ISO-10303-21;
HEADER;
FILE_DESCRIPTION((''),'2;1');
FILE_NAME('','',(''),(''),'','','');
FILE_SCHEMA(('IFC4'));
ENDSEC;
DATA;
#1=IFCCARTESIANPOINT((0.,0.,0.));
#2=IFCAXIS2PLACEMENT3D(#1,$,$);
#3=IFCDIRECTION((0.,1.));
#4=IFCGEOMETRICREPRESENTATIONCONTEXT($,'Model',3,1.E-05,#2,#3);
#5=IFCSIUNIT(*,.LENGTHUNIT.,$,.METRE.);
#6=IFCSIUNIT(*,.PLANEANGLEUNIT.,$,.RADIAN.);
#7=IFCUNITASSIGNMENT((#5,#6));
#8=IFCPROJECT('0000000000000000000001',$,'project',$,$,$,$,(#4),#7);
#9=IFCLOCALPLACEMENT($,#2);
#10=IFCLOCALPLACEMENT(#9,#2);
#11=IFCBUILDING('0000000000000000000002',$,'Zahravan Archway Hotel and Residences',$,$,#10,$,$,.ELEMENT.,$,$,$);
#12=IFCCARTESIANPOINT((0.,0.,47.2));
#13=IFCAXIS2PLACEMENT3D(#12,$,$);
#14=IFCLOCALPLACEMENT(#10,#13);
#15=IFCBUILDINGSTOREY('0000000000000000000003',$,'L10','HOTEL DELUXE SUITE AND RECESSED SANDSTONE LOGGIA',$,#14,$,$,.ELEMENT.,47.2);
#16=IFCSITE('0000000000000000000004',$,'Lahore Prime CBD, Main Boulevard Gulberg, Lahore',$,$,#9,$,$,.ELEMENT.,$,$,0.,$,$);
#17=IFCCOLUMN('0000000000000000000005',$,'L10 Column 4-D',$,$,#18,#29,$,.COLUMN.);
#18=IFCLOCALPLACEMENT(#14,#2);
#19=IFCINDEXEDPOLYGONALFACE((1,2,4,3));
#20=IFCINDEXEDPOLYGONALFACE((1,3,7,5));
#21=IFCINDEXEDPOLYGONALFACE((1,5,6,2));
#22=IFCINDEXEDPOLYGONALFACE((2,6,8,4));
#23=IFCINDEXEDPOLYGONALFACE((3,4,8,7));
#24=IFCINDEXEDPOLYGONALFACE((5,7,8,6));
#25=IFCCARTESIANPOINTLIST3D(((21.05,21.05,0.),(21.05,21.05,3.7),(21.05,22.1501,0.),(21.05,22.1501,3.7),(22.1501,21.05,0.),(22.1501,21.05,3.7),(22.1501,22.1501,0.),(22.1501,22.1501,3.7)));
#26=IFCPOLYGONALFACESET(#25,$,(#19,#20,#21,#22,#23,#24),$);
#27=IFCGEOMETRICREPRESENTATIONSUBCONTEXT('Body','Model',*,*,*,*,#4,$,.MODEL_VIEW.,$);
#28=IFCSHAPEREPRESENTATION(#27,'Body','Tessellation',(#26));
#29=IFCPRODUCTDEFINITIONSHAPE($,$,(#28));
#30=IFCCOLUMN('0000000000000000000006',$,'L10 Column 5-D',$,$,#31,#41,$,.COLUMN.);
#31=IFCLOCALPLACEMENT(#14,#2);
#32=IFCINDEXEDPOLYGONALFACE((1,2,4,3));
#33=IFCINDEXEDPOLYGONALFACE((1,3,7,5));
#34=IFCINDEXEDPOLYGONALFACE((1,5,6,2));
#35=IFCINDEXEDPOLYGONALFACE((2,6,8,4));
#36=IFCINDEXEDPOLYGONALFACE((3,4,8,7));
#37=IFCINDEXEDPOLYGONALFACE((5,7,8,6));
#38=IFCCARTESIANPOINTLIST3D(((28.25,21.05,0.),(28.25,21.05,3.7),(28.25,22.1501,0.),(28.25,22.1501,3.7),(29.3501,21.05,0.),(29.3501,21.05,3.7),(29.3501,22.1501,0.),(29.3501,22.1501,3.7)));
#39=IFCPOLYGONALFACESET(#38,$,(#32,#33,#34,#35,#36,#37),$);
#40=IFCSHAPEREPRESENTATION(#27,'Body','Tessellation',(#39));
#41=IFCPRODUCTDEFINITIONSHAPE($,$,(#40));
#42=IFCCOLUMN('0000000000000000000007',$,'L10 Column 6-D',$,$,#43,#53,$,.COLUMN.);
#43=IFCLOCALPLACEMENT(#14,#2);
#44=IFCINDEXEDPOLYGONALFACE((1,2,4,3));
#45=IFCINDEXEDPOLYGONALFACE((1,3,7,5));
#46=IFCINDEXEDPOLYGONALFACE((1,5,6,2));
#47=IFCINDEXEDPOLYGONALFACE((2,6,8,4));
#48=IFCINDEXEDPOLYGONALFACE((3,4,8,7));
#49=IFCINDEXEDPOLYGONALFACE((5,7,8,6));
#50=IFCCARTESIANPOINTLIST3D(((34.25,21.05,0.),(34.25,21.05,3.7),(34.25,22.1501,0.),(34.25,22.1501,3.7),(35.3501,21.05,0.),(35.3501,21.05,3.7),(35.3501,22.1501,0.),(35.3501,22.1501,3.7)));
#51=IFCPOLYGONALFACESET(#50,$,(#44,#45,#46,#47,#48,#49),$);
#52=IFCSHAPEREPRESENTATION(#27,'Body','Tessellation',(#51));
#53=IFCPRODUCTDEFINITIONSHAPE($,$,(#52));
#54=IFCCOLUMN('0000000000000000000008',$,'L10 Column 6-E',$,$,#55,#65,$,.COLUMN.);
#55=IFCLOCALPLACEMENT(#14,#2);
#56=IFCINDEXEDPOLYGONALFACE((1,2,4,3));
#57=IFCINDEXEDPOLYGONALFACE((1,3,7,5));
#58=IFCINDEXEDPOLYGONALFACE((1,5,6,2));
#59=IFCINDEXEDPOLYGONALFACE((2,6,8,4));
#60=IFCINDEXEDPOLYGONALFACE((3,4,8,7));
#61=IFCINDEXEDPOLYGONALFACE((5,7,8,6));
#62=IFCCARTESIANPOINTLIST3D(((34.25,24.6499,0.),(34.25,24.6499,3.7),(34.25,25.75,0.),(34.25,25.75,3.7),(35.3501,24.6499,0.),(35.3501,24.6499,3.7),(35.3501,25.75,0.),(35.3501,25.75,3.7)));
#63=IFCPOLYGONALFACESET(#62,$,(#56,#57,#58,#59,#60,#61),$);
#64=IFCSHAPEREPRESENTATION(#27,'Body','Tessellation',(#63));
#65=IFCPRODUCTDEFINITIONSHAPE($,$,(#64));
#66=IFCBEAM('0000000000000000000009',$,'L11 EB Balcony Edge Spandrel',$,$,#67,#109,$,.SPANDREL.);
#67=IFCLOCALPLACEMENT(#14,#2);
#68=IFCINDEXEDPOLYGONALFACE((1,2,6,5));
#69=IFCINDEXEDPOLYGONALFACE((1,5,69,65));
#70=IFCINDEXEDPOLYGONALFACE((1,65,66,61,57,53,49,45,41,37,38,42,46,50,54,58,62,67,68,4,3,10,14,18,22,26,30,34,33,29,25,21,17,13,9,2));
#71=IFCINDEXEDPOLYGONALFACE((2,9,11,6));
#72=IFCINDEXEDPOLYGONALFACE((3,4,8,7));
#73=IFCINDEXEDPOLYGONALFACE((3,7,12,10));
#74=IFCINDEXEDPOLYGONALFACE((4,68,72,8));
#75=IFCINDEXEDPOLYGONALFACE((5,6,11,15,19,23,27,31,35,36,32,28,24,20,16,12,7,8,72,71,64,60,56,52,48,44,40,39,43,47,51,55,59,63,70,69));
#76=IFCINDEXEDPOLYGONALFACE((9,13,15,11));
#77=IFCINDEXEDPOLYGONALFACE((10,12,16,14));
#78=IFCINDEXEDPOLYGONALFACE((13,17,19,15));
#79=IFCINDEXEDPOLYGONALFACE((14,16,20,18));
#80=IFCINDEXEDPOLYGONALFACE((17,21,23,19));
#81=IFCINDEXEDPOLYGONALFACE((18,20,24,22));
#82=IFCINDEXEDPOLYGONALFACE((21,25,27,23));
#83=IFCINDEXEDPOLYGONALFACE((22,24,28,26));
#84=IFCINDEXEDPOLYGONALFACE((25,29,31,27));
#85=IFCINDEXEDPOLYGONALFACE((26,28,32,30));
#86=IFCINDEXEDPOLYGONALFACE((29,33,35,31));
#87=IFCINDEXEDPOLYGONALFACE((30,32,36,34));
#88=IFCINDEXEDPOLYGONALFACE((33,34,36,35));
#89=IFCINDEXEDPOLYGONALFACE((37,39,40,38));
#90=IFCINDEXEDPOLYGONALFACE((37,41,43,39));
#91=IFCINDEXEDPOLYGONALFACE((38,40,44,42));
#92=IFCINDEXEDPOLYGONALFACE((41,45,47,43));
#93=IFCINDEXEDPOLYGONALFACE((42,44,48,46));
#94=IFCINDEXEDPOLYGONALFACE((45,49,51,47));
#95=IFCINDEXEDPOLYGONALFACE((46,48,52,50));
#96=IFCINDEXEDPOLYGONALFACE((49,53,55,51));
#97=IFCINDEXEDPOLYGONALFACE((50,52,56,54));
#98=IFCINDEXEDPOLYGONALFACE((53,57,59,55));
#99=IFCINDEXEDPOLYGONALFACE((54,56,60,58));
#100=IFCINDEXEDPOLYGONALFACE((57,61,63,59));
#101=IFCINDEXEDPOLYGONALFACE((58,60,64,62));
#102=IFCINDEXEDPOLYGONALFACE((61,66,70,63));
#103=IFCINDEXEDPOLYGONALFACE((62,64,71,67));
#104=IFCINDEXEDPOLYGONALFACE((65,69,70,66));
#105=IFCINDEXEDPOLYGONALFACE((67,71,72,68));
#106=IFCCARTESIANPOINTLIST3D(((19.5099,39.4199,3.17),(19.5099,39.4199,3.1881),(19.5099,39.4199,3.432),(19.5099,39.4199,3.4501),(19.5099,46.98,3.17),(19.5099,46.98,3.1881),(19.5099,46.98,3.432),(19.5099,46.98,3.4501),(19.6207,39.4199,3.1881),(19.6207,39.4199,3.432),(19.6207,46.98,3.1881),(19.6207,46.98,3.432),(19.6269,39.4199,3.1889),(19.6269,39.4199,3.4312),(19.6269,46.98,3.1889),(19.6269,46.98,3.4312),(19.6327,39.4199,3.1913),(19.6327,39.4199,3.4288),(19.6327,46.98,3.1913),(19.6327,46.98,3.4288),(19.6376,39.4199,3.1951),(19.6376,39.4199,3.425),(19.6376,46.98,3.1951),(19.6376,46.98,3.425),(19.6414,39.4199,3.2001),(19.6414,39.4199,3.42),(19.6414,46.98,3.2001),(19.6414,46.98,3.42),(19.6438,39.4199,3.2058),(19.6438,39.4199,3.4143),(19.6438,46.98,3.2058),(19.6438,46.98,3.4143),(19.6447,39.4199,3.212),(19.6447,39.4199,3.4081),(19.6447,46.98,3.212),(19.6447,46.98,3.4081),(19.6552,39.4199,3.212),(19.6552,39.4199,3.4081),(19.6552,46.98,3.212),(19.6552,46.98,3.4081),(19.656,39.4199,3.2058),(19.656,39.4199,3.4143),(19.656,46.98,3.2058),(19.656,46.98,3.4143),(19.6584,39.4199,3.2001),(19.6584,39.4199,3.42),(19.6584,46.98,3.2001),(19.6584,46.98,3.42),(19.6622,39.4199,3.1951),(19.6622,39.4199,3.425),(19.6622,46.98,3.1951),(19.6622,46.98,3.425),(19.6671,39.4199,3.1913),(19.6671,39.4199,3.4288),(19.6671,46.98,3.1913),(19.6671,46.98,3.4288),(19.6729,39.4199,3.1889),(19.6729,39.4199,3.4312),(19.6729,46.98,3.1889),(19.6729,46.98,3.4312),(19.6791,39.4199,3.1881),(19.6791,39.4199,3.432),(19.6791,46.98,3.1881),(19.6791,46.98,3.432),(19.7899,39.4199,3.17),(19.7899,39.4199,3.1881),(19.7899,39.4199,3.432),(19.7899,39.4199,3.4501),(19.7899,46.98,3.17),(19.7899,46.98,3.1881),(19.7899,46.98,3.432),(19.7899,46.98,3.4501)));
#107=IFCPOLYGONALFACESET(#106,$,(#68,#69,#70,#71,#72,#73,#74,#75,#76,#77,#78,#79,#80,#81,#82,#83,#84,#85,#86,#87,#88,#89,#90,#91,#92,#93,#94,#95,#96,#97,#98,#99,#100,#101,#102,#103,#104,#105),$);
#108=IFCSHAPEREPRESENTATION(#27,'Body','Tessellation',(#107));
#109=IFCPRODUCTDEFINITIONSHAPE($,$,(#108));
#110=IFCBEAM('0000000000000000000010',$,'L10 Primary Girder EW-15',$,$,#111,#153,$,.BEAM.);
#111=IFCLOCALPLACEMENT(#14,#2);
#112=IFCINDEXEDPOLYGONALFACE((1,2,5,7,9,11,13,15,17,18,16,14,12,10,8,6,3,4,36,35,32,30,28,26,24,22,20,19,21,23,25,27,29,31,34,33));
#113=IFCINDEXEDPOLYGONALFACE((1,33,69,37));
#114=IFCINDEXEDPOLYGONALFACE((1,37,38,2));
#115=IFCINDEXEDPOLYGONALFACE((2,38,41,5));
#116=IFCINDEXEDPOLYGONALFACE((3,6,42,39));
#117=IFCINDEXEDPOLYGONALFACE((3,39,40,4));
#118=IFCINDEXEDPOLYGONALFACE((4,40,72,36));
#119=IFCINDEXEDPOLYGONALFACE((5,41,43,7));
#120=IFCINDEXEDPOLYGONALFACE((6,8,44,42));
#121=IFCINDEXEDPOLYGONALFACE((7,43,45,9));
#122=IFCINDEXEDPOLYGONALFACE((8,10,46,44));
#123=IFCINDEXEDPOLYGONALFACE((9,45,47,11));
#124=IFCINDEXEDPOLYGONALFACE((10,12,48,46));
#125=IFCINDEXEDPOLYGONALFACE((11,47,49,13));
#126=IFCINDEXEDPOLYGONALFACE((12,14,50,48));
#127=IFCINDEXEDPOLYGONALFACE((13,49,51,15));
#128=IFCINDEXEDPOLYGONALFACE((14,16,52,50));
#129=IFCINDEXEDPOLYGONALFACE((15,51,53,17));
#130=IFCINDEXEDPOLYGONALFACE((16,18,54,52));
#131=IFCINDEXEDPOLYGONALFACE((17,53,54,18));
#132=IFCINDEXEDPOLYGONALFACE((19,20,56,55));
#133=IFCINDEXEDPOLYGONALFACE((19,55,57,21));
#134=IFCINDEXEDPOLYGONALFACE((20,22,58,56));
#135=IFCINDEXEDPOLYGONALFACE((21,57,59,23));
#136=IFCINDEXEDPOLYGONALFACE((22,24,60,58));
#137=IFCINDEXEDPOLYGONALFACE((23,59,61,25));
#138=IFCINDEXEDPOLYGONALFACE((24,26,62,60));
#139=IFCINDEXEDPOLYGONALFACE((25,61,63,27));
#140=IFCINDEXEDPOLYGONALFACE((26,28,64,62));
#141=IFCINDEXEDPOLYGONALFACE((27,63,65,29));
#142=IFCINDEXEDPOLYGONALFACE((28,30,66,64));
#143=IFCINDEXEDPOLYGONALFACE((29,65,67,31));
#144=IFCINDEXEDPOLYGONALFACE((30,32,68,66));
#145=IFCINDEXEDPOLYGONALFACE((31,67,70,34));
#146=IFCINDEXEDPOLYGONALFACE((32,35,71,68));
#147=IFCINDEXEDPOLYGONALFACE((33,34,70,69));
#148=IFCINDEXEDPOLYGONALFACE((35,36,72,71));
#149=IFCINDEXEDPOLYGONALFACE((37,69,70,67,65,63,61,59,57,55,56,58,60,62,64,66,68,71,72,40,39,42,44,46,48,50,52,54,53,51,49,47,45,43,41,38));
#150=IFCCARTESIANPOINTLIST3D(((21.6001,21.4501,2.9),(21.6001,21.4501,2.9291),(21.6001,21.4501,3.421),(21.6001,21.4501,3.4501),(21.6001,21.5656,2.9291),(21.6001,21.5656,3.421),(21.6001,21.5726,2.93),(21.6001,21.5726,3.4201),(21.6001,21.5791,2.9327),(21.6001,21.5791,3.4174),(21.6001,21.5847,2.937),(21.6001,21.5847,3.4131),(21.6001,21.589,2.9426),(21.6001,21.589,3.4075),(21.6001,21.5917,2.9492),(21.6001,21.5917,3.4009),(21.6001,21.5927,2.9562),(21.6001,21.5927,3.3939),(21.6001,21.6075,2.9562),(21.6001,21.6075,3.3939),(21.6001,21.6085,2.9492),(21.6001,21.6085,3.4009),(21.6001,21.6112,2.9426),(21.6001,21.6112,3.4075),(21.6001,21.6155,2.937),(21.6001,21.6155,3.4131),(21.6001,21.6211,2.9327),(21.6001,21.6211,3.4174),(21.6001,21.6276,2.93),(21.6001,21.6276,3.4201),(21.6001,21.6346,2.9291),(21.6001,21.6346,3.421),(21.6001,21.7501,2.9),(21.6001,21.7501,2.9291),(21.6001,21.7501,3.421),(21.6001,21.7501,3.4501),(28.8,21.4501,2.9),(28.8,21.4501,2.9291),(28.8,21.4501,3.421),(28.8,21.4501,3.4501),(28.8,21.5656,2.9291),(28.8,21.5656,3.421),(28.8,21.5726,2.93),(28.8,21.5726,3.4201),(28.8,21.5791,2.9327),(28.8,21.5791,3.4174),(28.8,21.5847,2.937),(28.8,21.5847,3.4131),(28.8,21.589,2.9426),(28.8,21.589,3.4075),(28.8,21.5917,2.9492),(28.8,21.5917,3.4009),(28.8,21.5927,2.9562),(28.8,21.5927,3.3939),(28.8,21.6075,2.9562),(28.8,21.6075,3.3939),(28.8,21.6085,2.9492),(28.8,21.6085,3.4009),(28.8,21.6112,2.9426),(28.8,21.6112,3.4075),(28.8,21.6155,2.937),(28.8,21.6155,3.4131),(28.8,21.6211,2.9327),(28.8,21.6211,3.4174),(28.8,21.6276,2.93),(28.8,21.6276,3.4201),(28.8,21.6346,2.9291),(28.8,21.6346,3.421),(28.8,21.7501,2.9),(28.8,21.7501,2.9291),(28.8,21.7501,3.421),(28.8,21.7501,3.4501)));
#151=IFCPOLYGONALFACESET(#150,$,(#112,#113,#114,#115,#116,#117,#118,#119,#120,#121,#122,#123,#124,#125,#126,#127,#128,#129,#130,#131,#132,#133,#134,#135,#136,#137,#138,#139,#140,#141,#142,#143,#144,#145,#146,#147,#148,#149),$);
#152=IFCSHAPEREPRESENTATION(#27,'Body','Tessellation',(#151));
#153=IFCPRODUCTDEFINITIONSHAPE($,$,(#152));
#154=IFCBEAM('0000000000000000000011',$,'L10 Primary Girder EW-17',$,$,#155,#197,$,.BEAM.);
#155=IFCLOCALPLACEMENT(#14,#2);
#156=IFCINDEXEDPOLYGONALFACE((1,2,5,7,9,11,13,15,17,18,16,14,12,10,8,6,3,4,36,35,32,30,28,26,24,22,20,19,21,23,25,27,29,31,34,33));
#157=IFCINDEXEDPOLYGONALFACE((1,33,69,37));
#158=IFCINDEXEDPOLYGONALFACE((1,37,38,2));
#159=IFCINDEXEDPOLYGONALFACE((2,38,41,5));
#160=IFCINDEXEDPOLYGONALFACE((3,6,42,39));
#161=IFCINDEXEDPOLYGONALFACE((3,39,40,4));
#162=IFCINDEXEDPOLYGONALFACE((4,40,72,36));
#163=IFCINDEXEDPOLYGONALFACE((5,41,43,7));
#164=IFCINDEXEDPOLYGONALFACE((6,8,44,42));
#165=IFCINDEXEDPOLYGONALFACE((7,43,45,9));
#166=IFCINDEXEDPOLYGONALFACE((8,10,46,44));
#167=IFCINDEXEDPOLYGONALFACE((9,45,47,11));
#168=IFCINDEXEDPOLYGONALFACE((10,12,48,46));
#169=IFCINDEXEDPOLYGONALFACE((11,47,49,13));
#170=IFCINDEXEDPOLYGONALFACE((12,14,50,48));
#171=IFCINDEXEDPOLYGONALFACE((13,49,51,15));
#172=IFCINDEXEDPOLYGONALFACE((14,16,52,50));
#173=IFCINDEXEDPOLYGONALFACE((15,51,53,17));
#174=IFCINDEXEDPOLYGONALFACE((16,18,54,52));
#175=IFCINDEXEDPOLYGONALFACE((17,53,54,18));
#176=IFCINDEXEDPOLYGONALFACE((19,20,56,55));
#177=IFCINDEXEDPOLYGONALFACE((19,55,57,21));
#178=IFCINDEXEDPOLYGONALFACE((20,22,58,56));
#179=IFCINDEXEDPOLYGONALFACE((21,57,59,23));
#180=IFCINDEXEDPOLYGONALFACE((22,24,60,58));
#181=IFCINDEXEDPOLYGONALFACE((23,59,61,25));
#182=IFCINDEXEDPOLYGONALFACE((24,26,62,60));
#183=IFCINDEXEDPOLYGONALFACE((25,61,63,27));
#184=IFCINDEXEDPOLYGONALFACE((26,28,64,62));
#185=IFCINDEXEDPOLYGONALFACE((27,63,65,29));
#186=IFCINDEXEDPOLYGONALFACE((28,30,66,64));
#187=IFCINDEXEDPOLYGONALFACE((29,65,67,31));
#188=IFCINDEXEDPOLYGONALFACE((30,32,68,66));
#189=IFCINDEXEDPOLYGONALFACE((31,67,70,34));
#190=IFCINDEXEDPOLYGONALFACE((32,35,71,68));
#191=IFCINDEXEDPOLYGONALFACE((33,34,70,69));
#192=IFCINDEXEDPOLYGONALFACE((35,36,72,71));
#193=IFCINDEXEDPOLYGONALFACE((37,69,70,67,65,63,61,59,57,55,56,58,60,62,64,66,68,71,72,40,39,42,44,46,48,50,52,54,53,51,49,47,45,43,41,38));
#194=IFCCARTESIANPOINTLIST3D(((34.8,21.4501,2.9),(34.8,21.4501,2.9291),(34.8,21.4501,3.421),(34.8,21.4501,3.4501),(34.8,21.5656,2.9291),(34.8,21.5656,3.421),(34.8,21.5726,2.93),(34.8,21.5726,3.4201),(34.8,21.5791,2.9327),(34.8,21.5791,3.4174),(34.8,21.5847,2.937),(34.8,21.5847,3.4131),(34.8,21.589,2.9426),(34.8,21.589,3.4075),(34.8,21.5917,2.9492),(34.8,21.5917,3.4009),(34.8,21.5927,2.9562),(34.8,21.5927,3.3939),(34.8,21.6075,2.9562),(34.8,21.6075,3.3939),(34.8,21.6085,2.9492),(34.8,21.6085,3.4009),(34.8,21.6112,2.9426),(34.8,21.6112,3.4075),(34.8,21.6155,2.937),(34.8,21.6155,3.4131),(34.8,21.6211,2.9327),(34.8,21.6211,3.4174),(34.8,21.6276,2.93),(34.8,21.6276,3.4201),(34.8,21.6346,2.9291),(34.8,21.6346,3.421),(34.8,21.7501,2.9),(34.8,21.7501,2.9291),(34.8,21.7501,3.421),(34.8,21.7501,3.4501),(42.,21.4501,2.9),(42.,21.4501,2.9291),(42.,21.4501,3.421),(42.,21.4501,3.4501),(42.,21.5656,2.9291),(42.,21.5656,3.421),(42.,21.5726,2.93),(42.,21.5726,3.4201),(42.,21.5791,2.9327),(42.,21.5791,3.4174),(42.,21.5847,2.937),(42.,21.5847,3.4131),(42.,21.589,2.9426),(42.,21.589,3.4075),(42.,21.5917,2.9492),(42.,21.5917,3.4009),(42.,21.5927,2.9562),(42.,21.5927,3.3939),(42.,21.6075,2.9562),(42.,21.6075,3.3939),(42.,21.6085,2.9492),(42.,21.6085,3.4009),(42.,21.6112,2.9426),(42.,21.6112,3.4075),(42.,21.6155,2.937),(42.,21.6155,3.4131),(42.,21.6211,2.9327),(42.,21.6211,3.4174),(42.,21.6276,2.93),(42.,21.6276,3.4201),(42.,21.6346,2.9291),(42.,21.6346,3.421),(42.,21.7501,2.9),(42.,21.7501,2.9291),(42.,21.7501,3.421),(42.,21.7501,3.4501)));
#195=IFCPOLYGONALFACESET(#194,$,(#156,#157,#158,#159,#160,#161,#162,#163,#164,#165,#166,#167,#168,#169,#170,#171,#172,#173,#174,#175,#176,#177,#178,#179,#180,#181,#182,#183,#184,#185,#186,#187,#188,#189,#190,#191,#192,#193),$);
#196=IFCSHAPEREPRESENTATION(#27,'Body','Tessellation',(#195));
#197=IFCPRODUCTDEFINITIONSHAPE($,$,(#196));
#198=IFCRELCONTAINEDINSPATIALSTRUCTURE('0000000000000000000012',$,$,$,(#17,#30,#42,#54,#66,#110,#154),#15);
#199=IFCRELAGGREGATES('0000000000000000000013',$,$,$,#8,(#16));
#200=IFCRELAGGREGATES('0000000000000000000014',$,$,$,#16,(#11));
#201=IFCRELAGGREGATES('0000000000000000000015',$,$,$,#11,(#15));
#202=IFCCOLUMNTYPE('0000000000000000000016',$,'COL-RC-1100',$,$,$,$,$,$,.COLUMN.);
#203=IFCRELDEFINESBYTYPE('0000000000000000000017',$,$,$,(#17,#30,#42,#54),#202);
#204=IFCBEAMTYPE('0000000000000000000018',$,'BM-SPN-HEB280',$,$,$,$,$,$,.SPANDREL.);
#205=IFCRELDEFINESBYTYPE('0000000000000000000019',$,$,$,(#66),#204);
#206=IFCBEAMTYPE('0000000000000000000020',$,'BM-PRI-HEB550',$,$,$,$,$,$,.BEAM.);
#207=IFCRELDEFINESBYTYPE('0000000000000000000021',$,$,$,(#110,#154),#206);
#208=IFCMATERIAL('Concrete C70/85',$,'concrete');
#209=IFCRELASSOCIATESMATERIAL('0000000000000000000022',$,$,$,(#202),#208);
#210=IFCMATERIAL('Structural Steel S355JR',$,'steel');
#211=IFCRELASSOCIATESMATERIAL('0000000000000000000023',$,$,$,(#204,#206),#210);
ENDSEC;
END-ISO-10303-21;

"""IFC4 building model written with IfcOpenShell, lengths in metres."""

from ifc_helpers import new_model, si_unit, direction, frame, origin, origin_2d, place, context, subcontext, project, spatial, rectangle, i_section, extrude, source, transform, mapped, material, material_profile, profile_set, type_object, type_shapes, element, save


model = new_model("IFC4")

# Units and contexts
model_context = context("Model", 3, precision=1e-05, world=origin(), true_north=direction((0.0, 1.0)))
body_context = subcontext(model_context, "Body", "Model", "MODEL_VIEW")
ifc_project = project(units=[si_unit("LENGTHUNIT", "METRE"), si_unit("PLANEANGLEUNIT", "RADIAN")], contexts=[model_context])

# Site, building, storey
site_placement = place(None, origin())
site = spatial("IfcSite", under=ifc_project, at=site_placement, Name="Lahore Prime CBD, Main Boulevard Gulberg, Lahore", CompositionType="ELEMENT", RefElevation=0.0)
building_placement = place(site_placement, origin())
building = spatial("IfcBuilding", under=site, at=building_placement, Name="Zahravan Archway Hotel and Residences", CompositionType="ELEMENT")
storey_placement = place(building_placement, frame((0.0, 0.0, 47.2)))
storey = spatial("IfcBuildingStorey", under=building, at=storey_placement, Name="L10", Description="HOTEL DELUXE SUITE AND RECESSED SANDSTONE LOGGIA", CompositionType="ELEMENT", Elevation=47.2)

# Columns
ifc_material_1 = material(Name="Concrete C70/85", Category="concrete")
ifc_material_profile_1 = material_profile(ifc_material_1, rectangle(XDim=1.1001, YDim=1.1001, at=origin_2d()), Name="RC 1100x1100", Category="concrete")
ifc_profile_set_1 = profile_set([ifc_material_profile_1], Name="Concrete C70/85")
column_type = type_object("IfcColumnType", Name="COL-RC-1100", PredefinedType="COLUMN", material=ifc_profile_set_1)
shared_shape_1 = source(origin(), body_context, "Body", "SweptSolid", [
    extrude(rectangle(XDim=1.1001, YDim=1.1001, at=origin_2d()), origin(), (0.0, 0.0, 1.0), 3.7),
])
for number, where, z_axis, x_axis, name in (
    (1, (21.6001, 21.6001, 0.0), (0.0, 0.0, 1.0), (1.0, 0.0, 0.0), "L10 Column 4-D"),
    (2, (28.8, 21.6001, 0.0), (0.0, 0.0, 1.0), (1.0, 0.0, 0.0), "L10 Column 5-D"),
    (3, (34.8, 21.6001, 0.0), (0.0, 0.0, 1.0), (1.0, 0.0, 0.0), "L10 Column 6-D"),
    (4, (34.8, 25.2, 0.0), (0.0, 0.0, 1.0), (1.0, 0.0, 0.0), "L10 Column 6-E"),
):
    element("IfcColumn", number, at=place(storey_placement, frame(where, z_axis=z_axis, x_axis=x_axis)), inside=storey, type_object=column_type, Name=name, PredefinedType="COLUMN", context=body_context, shape_type="MappedRepresentation", body=[
        mapped(shared_shape_1, transform((0.0, 0.0, 0.0), scale=1.0)),
    ])

# Beams
ifc_material_2 = material(Name="Structural Steel S355JR", Category="steel")
ifc_material_profile_2 = material_profile(ifc_material_2, i_section(OverallWidth=0.28, OverallDepth=0.28, WebThickness=0.0105, FlangeThickness=0.0181, FilletRadius=0.0239, at=origin_2d()), Name="HEB 280", Category="steel")
ifc_profile_set_2 = profile_set([ifc_material_profile_2], Name="Structural Steel S355JR")
beam_type_1 = type_object("IfcBeamType", Name="BM-SPN-HEB280", PredefinedType="SPANDREL", material=ifc_profile_set_2)
shared_shape_2 = source(origin(), body_context, "Body", "SweptSolid", [
    extrude(i_section(OverallWidth=0.28, OverallDepth=0.28, WebThickness=0.0105, FlangeThickness=0.0181, FilletRadius=0.0239, at=origin_2d()), origin(), (0.0, 0.0, 1.0), 7.5601),
])
type_shapes(beam_type_1, [shared_shape_2])
beam_1_placement = place(storey_placement, frame((19.6499, 39.4199, 3.3101), z_axis=(0.0, 1.0, 0.0), x_axis=(-1.0, 0.0, 0.0)))
element("IfcBeam", 5, at=beam_1_placement, inside=storey, type_object=beam_type_1, Name="L11 EB Balcony Edge Spandrel", PredefinedType="SPANDREL", context=body_context, shape_type="MappedRepresentation", body=[
    mapped(shared_shape_2, transform((0.0, 0.0, 0.0), scale=1.0)),
])
ifc_material_profile_3 = material_profile(ifc_material_2, i_section(OverallWidth=0.3, OverallDepth=0.55, WebThickness=0.0149, FlangeThickness=0.0291, FilletRadius=0.0271, at=origin_2d()), Name="HEB 550", Category="steel")
ifc_profile_set_3 = profile_set([ifc_material_profile_3], Name="Structural Steel S355JR")
beam_type_2 = type_object("IfcBeamType", Name="BM-PRI-HEB550", PredefinedType="BEAM", material=ifc_profile_set_3)
shared_shape_3 = source(origin(), body_context, "Body", "SweptSolid", [
    extrude(i_section(OverallWidth=0.3, OverallDepth=0.55, WebThickness=0.0149, FlangeThickness=0.0291, FilletRadius=0.0271, at=origin_2d()), origin(), (0.0, 0.0, 1.0), 7.2),
])
for number, where, z_axis, x_axis, name in (
    (6, (21.6001, 21.6001, 3.175), (1.0, 0.0, 0.0), (0.0, 1.0, 0.0), "L10 Primary Girder EW-15"),
    (7, (34.8, 21.6001, 3.175), (1.0, 0.0, 0.0), (0.0, 1.0, 0.0), "L10 Primary Girder EW-17"),
):
    element("IfcBeam", number, at=place(storey_placement, frame(where, z_axis=z_axis, x_axis=x_axis)), inside=storey, type_object=beam_type_2, Name=name, PredefinedType="BEAM", context=body_context, shape_type="MappedRepresentation", body=[
        mapped(shared_shape_3, transform((0.0, 0.0, 0.0), scale=1.0)),
    ])

save(model, "model.ifc")
